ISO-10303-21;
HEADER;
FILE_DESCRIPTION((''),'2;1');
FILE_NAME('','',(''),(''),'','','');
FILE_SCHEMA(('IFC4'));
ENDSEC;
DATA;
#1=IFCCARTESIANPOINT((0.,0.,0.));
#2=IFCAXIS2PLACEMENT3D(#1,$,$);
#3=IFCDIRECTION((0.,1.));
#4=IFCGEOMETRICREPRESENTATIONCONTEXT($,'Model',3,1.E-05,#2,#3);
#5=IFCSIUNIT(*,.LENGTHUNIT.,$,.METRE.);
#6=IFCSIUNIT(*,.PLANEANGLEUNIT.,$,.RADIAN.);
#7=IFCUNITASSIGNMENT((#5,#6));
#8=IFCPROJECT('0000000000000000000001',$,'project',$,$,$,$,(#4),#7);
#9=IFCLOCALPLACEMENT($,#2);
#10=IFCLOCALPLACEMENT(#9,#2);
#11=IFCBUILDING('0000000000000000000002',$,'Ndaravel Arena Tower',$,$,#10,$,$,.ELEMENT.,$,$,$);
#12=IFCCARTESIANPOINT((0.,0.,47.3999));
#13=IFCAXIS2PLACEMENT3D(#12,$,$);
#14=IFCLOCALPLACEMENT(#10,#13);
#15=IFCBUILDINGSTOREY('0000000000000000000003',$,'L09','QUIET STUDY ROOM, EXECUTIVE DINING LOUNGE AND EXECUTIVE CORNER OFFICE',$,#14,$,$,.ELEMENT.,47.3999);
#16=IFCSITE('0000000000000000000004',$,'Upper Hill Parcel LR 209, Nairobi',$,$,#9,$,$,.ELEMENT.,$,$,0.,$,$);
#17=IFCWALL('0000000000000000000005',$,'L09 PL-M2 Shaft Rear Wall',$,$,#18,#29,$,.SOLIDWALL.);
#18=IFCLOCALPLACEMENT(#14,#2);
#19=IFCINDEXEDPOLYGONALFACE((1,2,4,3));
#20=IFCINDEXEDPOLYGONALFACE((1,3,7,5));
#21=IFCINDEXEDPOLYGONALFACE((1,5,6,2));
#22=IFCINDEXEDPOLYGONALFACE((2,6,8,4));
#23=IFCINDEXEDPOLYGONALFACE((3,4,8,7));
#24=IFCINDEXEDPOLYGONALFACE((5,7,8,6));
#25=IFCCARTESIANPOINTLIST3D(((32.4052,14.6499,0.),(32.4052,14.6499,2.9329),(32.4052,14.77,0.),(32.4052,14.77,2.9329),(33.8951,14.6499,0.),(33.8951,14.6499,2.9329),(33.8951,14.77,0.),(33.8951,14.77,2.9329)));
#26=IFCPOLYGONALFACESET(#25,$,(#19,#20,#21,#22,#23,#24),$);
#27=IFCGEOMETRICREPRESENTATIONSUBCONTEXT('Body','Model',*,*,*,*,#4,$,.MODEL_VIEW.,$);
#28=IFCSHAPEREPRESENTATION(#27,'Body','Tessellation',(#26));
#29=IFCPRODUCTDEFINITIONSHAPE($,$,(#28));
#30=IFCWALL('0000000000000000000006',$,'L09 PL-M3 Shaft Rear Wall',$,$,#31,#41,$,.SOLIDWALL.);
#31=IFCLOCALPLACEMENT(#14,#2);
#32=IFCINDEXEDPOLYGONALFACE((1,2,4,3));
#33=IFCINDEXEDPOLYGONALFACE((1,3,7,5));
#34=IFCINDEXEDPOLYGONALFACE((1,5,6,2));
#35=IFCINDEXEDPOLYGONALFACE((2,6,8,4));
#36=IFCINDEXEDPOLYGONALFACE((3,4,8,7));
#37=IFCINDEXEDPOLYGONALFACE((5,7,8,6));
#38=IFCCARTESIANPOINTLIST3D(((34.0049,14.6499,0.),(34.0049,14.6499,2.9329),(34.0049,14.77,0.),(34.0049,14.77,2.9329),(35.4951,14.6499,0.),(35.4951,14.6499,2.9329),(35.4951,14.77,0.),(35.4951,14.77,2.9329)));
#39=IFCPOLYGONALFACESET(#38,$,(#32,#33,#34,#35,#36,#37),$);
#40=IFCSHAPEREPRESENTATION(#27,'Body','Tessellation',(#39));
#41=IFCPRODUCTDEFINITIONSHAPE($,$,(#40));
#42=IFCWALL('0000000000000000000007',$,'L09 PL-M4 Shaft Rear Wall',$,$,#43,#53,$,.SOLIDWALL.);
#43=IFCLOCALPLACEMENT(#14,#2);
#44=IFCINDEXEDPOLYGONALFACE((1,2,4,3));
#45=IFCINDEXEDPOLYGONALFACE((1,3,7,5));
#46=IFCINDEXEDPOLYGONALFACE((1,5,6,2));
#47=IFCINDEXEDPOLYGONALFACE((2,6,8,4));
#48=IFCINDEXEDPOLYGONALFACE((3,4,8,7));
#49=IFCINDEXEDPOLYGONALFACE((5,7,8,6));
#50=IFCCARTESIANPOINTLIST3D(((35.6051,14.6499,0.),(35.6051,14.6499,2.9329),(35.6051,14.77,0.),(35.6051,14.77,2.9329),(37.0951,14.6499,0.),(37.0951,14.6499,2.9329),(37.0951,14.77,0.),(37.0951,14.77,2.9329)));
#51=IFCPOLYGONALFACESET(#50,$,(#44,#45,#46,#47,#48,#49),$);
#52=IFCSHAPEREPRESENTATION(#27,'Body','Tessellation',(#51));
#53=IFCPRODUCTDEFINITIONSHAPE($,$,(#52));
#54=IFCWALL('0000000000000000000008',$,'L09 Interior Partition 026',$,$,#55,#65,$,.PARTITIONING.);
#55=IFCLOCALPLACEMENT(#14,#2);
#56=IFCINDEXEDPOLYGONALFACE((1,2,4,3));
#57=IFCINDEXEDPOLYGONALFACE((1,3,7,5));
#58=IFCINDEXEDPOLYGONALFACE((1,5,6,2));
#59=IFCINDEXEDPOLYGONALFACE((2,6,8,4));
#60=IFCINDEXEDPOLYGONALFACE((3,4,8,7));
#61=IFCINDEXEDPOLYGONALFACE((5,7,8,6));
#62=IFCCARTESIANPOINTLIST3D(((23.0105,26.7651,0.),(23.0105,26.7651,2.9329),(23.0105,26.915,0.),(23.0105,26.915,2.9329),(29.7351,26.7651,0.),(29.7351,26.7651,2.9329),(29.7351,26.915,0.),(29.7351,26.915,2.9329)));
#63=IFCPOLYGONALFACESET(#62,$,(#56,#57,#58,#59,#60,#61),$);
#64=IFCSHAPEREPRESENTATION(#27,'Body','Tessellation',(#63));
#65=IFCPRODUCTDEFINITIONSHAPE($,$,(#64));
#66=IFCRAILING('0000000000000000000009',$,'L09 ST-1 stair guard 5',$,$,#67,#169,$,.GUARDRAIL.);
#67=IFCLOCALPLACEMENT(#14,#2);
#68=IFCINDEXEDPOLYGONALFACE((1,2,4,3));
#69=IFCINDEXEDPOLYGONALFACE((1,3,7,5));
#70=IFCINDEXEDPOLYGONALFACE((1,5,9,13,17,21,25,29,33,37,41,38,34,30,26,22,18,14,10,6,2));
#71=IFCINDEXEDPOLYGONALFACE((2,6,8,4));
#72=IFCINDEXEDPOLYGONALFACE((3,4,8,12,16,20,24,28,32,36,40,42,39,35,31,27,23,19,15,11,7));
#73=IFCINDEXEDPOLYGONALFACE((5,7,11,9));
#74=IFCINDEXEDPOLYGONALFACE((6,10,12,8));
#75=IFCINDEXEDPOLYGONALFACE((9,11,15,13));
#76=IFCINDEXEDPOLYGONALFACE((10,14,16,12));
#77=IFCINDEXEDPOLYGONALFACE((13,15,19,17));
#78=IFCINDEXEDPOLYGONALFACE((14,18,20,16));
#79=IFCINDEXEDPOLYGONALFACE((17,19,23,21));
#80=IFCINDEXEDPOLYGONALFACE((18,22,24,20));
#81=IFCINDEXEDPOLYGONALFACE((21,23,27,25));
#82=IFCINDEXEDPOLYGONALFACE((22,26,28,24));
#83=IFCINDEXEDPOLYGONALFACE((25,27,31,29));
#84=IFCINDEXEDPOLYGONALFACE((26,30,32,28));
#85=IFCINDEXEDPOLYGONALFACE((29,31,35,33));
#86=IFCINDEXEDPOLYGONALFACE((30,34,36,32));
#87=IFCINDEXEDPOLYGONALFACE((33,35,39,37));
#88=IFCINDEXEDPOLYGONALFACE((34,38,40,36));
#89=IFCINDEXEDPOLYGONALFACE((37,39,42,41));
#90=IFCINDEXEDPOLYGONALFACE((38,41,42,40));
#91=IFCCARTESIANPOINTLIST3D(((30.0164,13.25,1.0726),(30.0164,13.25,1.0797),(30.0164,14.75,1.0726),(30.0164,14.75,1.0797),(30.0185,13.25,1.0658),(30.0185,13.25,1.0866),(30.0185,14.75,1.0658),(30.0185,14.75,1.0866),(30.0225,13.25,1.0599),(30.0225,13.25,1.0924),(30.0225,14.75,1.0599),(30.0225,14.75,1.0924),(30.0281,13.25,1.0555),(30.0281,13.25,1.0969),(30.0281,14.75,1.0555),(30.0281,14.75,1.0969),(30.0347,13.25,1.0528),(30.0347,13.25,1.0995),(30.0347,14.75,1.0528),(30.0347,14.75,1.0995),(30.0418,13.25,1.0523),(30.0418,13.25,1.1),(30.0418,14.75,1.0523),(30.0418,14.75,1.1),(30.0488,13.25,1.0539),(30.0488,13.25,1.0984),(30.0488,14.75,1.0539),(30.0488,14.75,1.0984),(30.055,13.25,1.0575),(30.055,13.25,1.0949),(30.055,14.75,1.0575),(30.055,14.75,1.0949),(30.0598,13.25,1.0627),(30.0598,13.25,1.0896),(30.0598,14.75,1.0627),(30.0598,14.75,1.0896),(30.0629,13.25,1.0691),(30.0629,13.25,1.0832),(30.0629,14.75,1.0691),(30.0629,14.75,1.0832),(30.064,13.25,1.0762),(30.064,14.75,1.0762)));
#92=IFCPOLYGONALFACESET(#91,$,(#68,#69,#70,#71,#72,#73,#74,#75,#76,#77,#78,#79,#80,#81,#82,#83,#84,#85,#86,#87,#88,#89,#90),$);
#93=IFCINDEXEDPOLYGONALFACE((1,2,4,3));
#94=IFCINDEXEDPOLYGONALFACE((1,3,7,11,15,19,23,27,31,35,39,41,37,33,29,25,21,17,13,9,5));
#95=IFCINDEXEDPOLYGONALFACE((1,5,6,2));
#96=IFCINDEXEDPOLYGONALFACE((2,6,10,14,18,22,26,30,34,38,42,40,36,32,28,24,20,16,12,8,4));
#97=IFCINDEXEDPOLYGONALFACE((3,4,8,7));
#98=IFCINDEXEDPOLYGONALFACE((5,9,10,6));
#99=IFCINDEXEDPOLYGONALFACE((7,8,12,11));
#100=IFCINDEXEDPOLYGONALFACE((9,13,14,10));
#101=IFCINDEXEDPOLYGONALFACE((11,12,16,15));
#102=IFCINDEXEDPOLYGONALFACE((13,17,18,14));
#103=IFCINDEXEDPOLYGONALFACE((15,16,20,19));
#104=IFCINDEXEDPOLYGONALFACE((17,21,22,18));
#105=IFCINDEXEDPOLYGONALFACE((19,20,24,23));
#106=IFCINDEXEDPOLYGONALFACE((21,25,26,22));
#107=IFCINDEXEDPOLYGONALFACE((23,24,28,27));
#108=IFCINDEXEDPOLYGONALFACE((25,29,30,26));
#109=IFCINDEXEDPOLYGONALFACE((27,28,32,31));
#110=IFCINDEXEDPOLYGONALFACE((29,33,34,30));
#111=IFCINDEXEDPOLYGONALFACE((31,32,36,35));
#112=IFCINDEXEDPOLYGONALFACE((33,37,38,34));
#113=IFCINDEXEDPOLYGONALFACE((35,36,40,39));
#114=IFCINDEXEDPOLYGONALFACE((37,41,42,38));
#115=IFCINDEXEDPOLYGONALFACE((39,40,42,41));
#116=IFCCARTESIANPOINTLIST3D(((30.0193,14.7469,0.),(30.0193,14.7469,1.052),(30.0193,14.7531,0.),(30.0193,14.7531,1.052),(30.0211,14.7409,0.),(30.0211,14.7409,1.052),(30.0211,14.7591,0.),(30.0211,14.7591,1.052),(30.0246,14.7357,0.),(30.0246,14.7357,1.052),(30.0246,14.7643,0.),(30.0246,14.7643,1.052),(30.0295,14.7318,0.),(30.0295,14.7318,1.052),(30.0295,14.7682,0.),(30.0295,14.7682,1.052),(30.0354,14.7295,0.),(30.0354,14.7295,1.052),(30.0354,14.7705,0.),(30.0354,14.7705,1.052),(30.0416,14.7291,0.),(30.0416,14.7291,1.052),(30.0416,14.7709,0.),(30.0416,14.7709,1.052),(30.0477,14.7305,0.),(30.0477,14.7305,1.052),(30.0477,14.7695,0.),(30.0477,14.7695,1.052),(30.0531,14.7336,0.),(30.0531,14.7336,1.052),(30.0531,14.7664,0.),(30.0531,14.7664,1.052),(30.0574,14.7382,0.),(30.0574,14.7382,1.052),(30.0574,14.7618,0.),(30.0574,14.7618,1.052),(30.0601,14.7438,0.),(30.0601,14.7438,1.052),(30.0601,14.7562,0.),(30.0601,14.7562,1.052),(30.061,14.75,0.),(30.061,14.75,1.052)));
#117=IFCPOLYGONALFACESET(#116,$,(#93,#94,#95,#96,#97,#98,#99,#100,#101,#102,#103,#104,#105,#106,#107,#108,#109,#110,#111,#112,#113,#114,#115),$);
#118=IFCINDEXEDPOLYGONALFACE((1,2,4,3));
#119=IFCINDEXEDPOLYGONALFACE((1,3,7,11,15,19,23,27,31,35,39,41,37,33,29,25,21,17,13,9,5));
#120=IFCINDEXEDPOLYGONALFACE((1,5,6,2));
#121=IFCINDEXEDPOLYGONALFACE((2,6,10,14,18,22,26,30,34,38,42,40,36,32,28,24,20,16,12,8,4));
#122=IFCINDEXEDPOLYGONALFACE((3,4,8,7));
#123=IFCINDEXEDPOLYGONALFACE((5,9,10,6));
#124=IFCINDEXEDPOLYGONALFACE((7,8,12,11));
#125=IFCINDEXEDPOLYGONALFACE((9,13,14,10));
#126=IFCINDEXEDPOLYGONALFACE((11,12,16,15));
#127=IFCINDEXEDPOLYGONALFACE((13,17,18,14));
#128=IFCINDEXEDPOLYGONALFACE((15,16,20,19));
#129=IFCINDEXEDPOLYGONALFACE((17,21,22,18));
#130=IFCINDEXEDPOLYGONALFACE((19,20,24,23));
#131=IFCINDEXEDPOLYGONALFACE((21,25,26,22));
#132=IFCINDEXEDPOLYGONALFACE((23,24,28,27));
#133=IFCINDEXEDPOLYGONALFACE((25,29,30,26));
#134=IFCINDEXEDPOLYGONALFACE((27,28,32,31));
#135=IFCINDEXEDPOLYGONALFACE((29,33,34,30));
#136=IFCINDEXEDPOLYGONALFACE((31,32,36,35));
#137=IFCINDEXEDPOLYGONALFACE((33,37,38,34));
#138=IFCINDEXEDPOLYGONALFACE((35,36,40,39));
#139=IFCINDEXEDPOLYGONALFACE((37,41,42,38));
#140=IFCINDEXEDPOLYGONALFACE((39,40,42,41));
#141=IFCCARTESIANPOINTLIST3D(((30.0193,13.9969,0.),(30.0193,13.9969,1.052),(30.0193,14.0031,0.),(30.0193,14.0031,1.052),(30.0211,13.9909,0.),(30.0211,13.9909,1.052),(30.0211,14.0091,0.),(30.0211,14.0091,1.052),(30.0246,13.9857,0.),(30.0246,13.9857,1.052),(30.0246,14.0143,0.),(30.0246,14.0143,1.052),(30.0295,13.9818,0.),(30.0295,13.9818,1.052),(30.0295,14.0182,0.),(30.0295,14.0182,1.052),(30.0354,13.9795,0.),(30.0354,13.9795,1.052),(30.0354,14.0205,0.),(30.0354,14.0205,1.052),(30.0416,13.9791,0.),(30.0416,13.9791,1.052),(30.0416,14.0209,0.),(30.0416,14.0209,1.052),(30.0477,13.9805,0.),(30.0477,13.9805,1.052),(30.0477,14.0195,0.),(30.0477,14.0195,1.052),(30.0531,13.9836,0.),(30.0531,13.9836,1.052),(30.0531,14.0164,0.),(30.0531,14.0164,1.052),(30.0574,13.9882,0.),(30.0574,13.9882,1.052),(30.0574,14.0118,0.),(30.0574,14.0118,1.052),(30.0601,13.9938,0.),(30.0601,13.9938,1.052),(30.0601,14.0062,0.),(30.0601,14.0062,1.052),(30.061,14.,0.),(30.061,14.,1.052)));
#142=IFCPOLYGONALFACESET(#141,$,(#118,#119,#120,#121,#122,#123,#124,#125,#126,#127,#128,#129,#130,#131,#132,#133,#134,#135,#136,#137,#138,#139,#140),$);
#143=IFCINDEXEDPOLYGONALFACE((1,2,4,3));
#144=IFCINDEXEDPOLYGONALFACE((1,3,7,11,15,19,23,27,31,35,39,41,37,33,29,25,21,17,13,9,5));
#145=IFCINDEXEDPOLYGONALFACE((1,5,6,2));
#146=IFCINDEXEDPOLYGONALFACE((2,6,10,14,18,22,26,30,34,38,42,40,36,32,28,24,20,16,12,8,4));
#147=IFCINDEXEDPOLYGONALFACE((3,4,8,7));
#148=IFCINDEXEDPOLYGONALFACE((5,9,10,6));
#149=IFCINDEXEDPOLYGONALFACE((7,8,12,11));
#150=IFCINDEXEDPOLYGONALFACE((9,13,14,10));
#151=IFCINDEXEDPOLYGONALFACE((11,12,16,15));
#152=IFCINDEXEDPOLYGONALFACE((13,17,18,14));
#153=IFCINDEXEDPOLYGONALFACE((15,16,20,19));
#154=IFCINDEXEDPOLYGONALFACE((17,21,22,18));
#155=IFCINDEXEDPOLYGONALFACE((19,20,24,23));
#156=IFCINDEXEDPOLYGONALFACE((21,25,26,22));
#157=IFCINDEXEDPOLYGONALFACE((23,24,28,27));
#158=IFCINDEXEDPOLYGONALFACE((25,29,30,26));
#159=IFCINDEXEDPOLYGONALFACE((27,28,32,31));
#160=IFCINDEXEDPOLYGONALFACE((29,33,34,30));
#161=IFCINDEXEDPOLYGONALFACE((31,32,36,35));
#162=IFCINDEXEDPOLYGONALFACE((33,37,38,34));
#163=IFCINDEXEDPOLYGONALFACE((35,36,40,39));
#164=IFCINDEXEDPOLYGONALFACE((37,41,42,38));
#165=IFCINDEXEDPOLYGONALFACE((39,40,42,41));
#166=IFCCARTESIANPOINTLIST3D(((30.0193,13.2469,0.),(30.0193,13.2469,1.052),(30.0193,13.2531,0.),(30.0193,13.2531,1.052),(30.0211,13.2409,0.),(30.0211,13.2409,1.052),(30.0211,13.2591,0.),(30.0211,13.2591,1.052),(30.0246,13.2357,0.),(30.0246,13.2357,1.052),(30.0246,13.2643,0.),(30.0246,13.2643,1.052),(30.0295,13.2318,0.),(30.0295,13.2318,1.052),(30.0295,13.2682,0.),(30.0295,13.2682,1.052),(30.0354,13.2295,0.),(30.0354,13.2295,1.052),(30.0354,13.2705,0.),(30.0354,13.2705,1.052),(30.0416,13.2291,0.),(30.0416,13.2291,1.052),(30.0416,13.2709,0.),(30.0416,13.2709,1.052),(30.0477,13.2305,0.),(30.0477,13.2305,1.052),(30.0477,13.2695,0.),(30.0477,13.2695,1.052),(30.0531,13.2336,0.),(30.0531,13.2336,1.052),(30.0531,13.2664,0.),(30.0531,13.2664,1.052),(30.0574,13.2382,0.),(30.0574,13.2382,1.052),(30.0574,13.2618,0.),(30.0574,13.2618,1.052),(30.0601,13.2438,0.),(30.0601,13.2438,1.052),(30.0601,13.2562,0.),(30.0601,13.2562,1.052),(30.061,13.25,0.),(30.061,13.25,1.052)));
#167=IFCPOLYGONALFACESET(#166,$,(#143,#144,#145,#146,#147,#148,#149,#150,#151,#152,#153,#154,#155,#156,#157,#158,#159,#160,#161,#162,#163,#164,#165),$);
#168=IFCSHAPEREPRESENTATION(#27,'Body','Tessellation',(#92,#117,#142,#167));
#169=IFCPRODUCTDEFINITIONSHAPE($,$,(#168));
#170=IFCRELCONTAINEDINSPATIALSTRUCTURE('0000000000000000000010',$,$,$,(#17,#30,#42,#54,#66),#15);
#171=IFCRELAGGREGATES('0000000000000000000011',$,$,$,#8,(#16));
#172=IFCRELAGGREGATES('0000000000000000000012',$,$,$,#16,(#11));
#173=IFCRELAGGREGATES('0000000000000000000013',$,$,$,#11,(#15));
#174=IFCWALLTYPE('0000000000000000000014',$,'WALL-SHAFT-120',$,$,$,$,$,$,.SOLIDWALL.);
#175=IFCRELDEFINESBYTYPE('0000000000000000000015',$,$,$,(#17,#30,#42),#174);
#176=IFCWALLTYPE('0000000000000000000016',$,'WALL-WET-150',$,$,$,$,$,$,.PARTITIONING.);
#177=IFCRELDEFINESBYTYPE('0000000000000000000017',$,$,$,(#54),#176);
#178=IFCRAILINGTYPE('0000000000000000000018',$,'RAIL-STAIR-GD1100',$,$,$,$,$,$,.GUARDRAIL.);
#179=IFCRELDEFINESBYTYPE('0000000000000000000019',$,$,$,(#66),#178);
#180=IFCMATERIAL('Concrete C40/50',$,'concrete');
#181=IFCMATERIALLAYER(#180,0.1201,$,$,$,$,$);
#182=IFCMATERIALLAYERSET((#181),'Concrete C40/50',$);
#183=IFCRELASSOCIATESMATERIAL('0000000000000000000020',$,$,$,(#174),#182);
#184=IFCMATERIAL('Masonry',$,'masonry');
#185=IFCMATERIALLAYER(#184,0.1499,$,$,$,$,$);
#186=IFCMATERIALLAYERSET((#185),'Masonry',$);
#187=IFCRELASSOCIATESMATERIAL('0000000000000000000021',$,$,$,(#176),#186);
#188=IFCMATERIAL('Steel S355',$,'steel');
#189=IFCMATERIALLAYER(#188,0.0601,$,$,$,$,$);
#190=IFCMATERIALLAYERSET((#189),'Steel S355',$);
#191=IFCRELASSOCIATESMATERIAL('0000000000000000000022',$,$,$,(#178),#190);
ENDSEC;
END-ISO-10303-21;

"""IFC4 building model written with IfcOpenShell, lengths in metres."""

from ifc_helpers import new_model, si_unit, direction, frame, frame_2d, origin, origin_2d, place, context, subcontext, project, spatial, rectangle, circle, extrude, material, layer, layer_set, type_object, element, save


model = new_model("IFC4")

# Units and contexts
model_context = context("Model", 3, precision=1e-05, world=origin(), true_north=direction((0.0, 1.0)))
body_context = subcontext(model_context, "Body", "Model", "MODEL_VIEW")
ifc_project = project(units=[si_unit("LENGTHUNIT", "METRE"), si_unit("PLANEANGLEUNIT", "RADIAN")], contexts=[model_context])

# Site, building, storey
site_placement = place(None, origin())
site = spatial("IfcSite", under=ifc_project, at=site_placement, Name="Upper Hill Parcel LR 209, Nairobi", CompositionType="ELEMENT", RefElevation=0.0)
building_placement = place(site_placement, origin())
building = spatial("IfcBuilding", under=site, at=building_placement, Name="Ndaravel Arena Tower", CompositionType="ELEMENT")
storey_placement = place(building_placement, frame((0.0, 0.0, 47.3999)))
storey = spatial("IfcBuildingStorey", under=building, at=storey_placement, Name="L09", Description="QUIET STUDY ROOM, EXECUTIVE DINING LOUNGE AND EXECUTIVE CORNER OFFICE", CompositionType="ELEMENT", Elevation=47.3999)

# Walls
ifc_material_1 = material(Name="Concrete C40/50", Category="concrete")
ifc_layer_1 = layer(ifc_material_1, 0.1201)
ifc_layer_set_1 = layer_set([ifc_layer_1], Name="Concrete C40/50")
wall_type_1 = type_object("IfcWallType", Name="WALL-SHAFT-120", PredefinedType="SOLIDWALL", material=ifc_layer_set_1)
for number, where, z_axis, x_axis, name in (
    (1, (32.405, 14.71, 0.0), (0.0, 0.0, 1.0), (1.0, 0.0, 0.0), "L09 PL-M2 Shaft Rear Wall"),
):
    element("IfcWall", number, at=place(storey_placement, frame(where, z_axis=z_axis, x_axis=x_axis)), inside=storey, type_object=wall_type_1, Name=name, PredefinedType="SOLIDWALL", context=body_context, shape_type="SweptSolid", body=[
        extrude(rectangle(XDim=1.49, YDim=0.1201, at=frame_2d((0.7451, 0.0))), origin(), (0.0, 0.0, 1.0), 2.9329),
    ])
wall_1_placement = place(storey_placement, frame((34.0049, 14.71, 0.0), z_axis=(0.0, 0.0, 1.0), x_axis=(1.0, 0.0, 0.0)))
element("IfcWall", 2, at=wall_1_placement, inside=storey, type_object=wall_type_1, Name="L09 PL-M3 Shaft Rear Wall", PredefinedType="SOLIDWALL", context=body_context, shape_type="SweptSolid", body=[
    extrude(rectangle(XDim=1.4902, YDim=0.1201, at=frame_2d((0.7451, 0.0))), origin(), (0.0, 0.0, 1.0), 2.9329),
])
wall_2_placement = place(storey_placement, frame((35.605, 14.71, 0.0), z_axis=(0.0, 0.0, 1.0), x_axis=(1.0, 0.0, 0.0)))
element("IfcWall", 3, at=wall_2_placement, inside=storey, type_object=wall_type_1, Name="L09 PL-M4 Shaft Rear Wall", PredefinedType="SOLIDWALL", context=body_context, shape_type="SweptSolid", body=[
    extrude(rectangle(XDim=1.49, YDim=0.1201, at=frame_2d((0.7451, 0.0))), origin(), (0.0, 0.0, 1.0), 2.9329),
])
ifc_material_2 = material(Name="Masonry", Category="masonry")
ifc_layer_2 = layer(ifc_material_2, 0.1499)
ifc_layer_set_2 = layer_set([ifc_layer_2], Name="Masonry")
wall_type_2 = type_object("IfcWallType", Name="WALL-WET-150", PredefinedType="PARTITIONING", material=ifc_layer_set_2)
wall_3_placement = place(storey_placement, frame((23.0105, 26.8401, 0.0), z_axis=(0.0, 0.0, 1.0), x_axis=(1.0, 0.0, 0.0)))
element("IfcWall", 4, at=wall_3_placement, inside=storey, type_object=wall_type_2, Name="L09 Interior Partition 026", PredefinedType="PARTITIONING", context=body_context, shape_type="SweptSolid", body=[
    extrude(rectangle(XDim=6.7246, YDim=0.1499, at=frame_2d((3.3623, 0.0))), origin(), (0.0, 0.0, 1.0), 2.9329),
])

# Railing
ifc_material_3 = material(Name="Steel S355", Category="steel")
ifc_layer_3 = layer(ifc_material_3, 0.0601)
ifc_layer_set_3 = layer_set([ifc_layer_3], Name="Steel S355")
railing_type = type_object("IfcRailingType", Name="RAIL-STAIR-GD1100", PredefinedType="GUARDRAIL", material=ifc_layer_set_3)
railing_placement = place(storey_placement, frame((30.04, 14.75, 0.0)))
element("IfcRailing", 5, at=railing_placement, inside=storey, type_object=railing_type, Name="L09 ST-1 stair guard 5", PredefinedType="GUARDRAIL", context=body_context, shape_type="SweptSolid", body=[
    extrude(circle(Radius=0.0239, at=origin_2d()), frame((0.0, 0.0, 1.0762), z_axis=(0.0, -1.0, 0.0), x_axis=(1.0, 0.0, 0.0)), (0.0, 0.0, 1.0), 1.5),
    extrude(circle(Radius=0.021, at=origin_2d()), origin(), (0.0, 0.0, 1.0), 1.052),
    extrude(circle(Radius=0.021, at=origin_2d()), frame((0.0, -0.75, 0.0)), (0.0, 0.0, 1.0), 1.052),
    extrude(circle(Radius=0.021, at=origin_2d()), frame((0.0, -1.5, 0.0)), (0.0, 0.0, 1.0), 1.052),
])

save(model, "model.ifc")
